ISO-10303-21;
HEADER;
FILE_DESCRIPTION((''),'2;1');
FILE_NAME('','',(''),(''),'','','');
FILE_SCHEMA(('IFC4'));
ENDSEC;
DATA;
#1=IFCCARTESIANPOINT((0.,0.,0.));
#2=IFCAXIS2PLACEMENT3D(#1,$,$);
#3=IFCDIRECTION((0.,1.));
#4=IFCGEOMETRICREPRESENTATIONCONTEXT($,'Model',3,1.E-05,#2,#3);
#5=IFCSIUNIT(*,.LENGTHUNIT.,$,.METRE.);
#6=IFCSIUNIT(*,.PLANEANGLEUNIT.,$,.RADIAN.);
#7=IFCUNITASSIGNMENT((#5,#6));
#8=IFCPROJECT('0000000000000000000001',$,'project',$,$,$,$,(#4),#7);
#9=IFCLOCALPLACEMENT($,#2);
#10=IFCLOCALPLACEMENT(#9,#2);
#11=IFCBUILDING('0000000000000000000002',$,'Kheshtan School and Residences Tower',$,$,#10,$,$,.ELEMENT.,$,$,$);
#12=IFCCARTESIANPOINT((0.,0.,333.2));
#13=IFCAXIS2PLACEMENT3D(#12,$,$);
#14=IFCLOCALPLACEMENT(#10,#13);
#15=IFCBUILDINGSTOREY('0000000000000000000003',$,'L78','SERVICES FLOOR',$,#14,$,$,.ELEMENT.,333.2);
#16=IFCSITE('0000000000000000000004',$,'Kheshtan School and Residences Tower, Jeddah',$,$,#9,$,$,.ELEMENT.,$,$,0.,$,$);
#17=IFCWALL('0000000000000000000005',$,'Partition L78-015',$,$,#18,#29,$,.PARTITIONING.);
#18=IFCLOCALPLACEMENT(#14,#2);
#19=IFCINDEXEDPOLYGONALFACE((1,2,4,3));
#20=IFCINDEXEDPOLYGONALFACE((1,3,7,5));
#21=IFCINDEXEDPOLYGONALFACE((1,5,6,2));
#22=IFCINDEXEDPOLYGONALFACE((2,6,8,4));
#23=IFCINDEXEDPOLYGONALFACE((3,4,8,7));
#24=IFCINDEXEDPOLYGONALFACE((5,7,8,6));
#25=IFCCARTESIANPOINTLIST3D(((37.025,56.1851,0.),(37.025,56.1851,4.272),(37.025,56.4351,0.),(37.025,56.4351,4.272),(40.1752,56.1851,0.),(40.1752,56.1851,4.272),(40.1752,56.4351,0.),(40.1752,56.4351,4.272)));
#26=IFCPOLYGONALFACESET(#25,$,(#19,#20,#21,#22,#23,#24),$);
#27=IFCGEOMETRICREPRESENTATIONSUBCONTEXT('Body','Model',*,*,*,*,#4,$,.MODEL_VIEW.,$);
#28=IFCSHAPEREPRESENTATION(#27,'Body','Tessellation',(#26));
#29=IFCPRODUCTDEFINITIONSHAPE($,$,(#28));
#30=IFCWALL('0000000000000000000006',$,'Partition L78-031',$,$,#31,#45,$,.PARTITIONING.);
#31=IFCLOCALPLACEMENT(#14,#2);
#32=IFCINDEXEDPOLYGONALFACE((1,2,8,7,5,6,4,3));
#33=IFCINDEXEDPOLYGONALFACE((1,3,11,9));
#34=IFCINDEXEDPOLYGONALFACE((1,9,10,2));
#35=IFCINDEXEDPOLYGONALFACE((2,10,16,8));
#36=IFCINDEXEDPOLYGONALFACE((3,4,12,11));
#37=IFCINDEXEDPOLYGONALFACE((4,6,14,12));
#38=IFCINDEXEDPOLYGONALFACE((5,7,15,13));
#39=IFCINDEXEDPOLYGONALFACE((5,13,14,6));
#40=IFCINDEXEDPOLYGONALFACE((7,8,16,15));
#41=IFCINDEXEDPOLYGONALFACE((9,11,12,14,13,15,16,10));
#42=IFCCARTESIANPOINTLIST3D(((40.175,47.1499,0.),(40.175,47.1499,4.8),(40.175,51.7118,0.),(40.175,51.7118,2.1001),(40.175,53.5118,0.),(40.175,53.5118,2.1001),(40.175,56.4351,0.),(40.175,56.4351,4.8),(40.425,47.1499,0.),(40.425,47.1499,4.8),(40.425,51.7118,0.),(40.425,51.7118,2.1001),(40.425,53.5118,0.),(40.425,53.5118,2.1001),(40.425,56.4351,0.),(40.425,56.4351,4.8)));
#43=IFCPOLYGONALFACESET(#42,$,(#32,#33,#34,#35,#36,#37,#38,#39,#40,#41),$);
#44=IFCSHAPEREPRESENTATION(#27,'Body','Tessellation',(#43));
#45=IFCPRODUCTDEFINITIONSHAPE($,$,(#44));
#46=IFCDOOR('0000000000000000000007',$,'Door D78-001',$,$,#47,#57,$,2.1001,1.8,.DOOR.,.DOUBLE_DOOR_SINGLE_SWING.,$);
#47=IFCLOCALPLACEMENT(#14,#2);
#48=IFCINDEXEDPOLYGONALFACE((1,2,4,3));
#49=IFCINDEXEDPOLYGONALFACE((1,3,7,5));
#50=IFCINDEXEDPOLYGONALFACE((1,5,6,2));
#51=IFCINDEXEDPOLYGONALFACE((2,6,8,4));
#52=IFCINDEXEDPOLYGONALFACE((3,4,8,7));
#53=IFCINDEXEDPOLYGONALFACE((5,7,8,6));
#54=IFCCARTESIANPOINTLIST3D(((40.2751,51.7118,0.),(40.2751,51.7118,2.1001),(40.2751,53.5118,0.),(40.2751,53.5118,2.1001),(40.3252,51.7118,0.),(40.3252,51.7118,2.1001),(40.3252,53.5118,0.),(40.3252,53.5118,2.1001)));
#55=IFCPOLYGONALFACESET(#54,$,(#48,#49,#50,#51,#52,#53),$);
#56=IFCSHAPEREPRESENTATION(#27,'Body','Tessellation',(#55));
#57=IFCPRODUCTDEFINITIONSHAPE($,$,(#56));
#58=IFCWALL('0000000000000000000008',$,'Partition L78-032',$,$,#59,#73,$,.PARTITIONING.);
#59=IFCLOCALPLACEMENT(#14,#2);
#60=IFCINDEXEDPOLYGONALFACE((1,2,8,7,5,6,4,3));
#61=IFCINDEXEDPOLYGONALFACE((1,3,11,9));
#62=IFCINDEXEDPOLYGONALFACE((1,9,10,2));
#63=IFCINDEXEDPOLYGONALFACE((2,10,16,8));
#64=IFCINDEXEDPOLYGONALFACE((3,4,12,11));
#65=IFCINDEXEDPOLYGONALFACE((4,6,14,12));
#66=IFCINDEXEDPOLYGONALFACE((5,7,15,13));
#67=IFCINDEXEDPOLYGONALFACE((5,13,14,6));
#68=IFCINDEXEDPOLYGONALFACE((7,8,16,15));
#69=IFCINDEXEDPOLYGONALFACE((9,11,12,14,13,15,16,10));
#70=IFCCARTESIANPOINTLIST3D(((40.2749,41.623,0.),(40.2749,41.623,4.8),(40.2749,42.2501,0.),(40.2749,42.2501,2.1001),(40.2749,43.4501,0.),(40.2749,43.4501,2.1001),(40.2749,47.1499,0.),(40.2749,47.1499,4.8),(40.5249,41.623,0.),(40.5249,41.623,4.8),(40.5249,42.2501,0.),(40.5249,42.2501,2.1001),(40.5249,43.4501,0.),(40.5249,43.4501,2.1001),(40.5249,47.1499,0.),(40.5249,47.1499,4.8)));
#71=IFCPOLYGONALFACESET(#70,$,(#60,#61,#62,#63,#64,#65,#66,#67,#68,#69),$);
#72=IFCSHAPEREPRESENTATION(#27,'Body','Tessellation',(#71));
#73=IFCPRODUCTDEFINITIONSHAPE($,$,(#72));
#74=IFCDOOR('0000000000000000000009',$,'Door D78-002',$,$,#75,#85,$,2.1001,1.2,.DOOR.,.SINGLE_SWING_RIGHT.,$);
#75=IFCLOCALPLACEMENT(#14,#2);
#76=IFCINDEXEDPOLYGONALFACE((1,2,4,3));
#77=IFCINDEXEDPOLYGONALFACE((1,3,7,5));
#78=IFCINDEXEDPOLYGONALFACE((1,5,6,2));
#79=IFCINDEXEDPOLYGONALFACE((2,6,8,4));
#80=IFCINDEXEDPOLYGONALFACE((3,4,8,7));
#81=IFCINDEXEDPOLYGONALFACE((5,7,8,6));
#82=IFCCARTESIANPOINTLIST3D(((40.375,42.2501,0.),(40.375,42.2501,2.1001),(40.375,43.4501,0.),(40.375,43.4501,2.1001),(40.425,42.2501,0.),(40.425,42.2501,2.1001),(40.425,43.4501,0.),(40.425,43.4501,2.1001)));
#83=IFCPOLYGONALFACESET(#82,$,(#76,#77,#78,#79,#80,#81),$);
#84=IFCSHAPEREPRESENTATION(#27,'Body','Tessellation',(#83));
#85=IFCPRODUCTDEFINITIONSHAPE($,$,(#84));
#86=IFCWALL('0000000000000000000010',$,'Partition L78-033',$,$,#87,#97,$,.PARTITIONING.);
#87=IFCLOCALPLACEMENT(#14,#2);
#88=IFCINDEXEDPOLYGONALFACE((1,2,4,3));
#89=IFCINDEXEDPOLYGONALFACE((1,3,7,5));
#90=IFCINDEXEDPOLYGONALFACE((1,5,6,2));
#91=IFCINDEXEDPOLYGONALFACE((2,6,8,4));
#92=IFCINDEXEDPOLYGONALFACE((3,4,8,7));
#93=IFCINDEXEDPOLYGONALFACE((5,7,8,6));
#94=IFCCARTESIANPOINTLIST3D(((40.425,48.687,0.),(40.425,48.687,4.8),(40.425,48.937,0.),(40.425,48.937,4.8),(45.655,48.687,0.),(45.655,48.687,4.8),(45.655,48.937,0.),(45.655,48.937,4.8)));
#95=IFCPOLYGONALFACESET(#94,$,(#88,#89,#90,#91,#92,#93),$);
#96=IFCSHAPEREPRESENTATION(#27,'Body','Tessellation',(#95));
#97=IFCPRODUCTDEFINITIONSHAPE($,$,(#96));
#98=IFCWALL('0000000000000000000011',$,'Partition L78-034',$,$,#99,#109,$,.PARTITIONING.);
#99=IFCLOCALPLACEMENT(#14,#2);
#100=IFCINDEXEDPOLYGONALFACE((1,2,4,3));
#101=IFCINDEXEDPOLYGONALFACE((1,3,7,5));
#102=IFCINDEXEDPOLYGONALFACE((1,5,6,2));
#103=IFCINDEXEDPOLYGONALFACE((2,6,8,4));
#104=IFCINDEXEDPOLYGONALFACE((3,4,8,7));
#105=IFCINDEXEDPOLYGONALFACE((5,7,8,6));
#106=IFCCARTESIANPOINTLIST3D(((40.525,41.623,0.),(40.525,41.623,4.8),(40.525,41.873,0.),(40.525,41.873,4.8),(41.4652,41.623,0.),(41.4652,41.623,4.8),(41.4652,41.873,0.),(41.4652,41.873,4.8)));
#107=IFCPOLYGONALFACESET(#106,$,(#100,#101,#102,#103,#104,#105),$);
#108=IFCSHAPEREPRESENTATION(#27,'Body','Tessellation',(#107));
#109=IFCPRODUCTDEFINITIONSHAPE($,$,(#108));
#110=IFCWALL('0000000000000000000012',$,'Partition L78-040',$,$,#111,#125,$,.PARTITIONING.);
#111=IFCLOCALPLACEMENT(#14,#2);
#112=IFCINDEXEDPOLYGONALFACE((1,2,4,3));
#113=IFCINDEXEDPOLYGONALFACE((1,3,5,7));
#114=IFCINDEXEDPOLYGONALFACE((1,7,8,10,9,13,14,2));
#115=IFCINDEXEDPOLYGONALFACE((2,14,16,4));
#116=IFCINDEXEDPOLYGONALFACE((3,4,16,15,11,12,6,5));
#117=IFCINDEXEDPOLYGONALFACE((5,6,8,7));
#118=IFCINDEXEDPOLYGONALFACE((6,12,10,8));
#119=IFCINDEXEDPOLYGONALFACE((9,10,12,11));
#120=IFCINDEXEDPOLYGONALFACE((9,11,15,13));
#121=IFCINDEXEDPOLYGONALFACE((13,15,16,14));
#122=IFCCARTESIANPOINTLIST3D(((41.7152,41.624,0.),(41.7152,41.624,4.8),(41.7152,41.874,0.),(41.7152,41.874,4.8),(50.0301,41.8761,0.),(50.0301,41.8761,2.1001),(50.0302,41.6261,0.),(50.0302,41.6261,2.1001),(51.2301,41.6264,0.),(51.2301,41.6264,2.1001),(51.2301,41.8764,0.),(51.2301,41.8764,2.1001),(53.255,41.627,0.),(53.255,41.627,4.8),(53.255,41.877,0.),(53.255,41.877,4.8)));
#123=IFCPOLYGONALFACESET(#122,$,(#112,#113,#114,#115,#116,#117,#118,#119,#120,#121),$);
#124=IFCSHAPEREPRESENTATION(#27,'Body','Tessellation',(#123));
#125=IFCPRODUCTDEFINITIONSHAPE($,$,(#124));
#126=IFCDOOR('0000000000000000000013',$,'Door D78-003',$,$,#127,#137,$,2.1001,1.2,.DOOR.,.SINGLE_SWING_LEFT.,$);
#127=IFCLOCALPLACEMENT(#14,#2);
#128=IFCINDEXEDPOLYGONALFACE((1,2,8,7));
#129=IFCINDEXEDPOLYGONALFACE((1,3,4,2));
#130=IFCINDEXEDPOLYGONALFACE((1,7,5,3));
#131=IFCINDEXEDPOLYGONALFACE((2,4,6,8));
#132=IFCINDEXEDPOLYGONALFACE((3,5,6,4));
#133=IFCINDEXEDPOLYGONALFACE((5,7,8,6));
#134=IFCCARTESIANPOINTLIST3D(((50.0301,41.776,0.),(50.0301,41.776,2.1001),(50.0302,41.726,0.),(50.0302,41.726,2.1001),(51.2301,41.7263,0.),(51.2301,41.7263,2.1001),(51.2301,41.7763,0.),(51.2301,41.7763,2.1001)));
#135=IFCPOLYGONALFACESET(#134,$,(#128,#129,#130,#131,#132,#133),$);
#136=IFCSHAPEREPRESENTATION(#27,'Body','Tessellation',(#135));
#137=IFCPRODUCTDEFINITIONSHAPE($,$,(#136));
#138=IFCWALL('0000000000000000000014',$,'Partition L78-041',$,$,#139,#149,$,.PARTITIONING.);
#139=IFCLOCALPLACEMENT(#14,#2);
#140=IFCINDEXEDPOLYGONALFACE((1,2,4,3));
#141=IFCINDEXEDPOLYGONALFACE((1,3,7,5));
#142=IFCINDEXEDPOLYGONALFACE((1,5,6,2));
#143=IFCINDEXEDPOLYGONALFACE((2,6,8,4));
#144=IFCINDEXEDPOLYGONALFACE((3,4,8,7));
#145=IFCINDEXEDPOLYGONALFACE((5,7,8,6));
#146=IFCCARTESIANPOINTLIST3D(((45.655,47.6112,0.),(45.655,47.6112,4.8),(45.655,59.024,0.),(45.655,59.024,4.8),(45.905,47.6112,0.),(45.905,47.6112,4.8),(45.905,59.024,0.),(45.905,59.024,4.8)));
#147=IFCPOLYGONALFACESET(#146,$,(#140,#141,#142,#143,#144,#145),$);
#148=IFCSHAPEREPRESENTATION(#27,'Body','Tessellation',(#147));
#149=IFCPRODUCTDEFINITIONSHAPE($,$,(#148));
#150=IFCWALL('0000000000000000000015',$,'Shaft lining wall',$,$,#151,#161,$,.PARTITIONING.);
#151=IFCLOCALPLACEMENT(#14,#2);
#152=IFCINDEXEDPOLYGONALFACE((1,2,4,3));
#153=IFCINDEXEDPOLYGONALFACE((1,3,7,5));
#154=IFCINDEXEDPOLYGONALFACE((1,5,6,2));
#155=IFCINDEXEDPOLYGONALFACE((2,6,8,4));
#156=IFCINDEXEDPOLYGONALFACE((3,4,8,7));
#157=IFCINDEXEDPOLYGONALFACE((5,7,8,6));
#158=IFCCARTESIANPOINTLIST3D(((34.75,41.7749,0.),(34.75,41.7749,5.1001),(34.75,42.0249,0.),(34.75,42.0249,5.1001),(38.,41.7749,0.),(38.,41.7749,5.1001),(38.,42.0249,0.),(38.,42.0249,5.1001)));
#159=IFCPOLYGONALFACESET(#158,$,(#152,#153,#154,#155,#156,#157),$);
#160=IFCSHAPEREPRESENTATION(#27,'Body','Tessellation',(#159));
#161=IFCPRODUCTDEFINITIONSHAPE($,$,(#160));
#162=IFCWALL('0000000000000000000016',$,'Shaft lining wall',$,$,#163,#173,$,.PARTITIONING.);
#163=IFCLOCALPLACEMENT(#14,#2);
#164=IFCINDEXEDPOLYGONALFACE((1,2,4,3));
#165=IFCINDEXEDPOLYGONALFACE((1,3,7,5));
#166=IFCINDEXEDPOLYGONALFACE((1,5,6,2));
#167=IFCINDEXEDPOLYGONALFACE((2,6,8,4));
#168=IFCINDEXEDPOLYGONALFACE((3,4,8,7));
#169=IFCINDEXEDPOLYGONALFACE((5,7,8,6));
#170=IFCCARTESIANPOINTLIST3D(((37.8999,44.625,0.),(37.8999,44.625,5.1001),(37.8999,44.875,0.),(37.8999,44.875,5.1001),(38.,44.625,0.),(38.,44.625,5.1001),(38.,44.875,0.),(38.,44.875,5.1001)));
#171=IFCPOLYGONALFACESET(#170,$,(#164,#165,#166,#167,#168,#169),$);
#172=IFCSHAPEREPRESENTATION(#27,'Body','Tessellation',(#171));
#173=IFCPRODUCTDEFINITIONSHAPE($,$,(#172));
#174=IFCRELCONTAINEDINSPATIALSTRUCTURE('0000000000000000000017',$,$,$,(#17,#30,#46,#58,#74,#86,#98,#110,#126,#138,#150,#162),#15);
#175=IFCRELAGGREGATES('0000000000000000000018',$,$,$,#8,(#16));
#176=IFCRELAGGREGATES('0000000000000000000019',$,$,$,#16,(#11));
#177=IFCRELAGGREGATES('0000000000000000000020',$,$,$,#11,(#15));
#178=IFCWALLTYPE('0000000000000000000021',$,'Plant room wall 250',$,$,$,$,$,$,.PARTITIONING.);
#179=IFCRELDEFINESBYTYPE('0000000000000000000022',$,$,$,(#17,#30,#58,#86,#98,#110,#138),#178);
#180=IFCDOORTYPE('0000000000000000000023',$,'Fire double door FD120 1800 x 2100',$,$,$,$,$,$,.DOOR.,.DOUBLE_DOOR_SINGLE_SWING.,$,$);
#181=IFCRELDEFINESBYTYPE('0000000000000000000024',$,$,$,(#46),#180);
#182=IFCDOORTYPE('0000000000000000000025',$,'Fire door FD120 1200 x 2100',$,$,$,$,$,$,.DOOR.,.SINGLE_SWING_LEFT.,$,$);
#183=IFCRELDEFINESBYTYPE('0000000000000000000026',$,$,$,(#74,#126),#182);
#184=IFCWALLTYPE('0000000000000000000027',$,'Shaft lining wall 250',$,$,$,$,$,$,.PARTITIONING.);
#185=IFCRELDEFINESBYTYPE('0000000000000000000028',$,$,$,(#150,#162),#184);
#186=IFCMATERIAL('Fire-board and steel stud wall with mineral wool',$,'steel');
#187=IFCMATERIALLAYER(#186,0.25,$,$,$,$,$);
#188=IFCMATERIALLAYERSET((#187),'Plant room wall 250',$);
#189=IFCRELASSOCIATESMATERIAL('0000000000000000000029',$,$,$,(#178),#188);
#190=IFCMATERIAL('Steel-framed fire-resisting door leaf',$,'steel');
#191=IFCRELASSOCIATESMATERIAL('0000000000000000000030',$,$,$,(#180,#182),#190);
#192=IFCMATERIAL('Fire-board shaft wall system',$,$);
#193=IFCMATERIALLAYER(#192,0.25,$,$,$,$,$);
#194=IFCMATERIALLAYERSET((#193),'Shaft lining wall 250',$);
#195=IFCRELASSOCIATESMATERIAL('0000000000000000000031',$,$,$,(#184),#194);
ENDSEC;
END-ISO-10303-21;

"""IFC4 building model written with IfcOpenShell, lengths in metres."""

from ifc_helpers import new_model, si_unit, direction, frame, frame_2d, origin, place, context, subcontext, project, spatial, rectangle, extrude, source, transform, mapped, material, layer, layer_set, type_object, element, fill, save


model = new_model("IFC4")

# Units and contexts
model_context = context("Model", 3, precision=1e-05, world=origin(), true_north=direction((0.0, 1.0)))
body_context = subcontext(model_context, "Body", "Model", "MODEL_VIEW")
ifc_project = project(units=[si_unit("LENGTHUNIT", "METRE"), si_unit("PLANEANGLEUNIT", "RADIAN")], contexts=[model_context])

# Site, building, storey
site_placement = place(None, origin())
site = spatial("IfcSite", under=ifc_project, at=site_placement, Name="Kheshtan School and Residences Tower, Jeddah", CompositionType="ELEMENT", RefElevation=0.0)
building_placement = place(site_placement, origin())
building = spatial("IfcBuilding", under=site, at=building_placement, Name="Kheshtan School and Residences Tower", CompositionType="ELEMENT")
storey_placement = place(building_placement, frame((0.0, 0.0, 333.2)))
storey = spatial("IfcBuildingStorey", under=building, at=storey_placement, Name="L78", Description="SERVICES FLOOR", CompositionType="ELEMENT", Elevation=333.2)

# Wall
ifc_material_1 = material(Name="Fire-board and steel stud wall with mineral wool", Category="steel")
ifc_layer_1 = layer(ifc_material_1, 0.25)
ifc_layer_set_1 = layer_set([ifc_layer_1], Name="Plant room wall 250")
wall_type_1 = type_object("IfcWallType", Name="Plant room wall 250", PredefinedType="PARTITIONING", material=ifc_layer_set_1)
wall_1_placement = place(storey_placement, frame((37.0249, 56.3101, 0.0), z_axis=(0.0, 0.0, 1.0), x_axis=(1.0, 0.0, 0.0)))
element("IfcWall", 1, at=wall_1_placement, inside=storey, type_object=wall_type_1, Name="Partition L78-015", PredefinedType="PARTITIONING", context=body_context, shape_type="SweptSolid", body=[
    extrude(rectangle(XDim=3.1501, YDim=0.25, at=frame_2d((1.5752, 0.0))), origin(), (0.0, 0.0, 1.0), 4.272),
])

# Walls, openings, doors
wall_2_placement = place(storey_placement, frame((40.3, 47.1499, 0.0), z_axis=(0.0, 0.0, 1.0), x_axis=(0.0, 1.0, 0.0)))
wall_2 = element("IfcWall", 2, at=wall_2_placement, inside=storey, type_object=wall_type_1, Name="Partition L78-031", PredefinedType="PARTITIONING", context=body_context, shape_type="SweptSolid", body=[
    extrude(rectangle(XDim=9.2852, YDim=0.25, at=frame_2d((4.6426, 0.0))), origin(), (0.0, 0.0, 1.0), 4.8),
])
opening_1_placement = place(wall_2_placement, frame((4.562, 0.0, 0.0)))
opening_1 = element("IfcOpeningElement", 3, at=opening_1_placement, cuts=wall_2, PredefinedType="OPENING", context=body_context, shape_type="SweptSolid", body=[
    extrude(rectangle(XDim=1.8, YDim=2.1001, at=frame_2d((0.8999, 1.05))), frame((0.0, 0.135, 0.0), z_axis=(0.0, -1.0, 0.0), x_axis=(1.0, 0.0, 0.0)), (0.0, 0.0, 1.0), 0.27),
])
ifc_material_2 = material(Name="Steel-framed fire-resisting door leaf", Category="steel")
door_type_1 = type_object("IfcDoorType", Name="Fire double door FD120 1800 x 2100", OperationType="DOUBLE_DOOR_SINGLE_SWING", PredefinedType="DOOR", material=ifc_material_2)
shared_shape_1 = source(origin(), body_context, "Body", "SweptSolid", [
    extrude(rectangle(XDim=1.8, YDim=2.1001, at=frame_2d((0.8999, 1.05))), frame((0.0, 0.0249, 0.0), z_axis=(0.0, -1.0, 0.0), x_axis=(1.0, 0.0, 0.0)), (0.0, 0.0, 1.0), 0.05),
])
door_1_placement = place(opening_1_placement, origin())
door_1 = element("IfcDoor", 4, at=door_1_placement, inside=storey, type_object=door_type_1, Name="Door D78-001", OperationType="DOUBLE_DOOR_SINGLE_SWING", OverallHeight=2.1001, OverallWidth=1.8, PredefinedType="DOOR", context=body_context, shape_type="MappedRepresentation", body=[
    mapped(shared_shape_1, transform((0.0, 0.0, 0.0), x_axis=(1.0, 0.0, 0.0), y_axis=(0.0, 1.0, 0.0), z_axis=(0.0, 0.0, 1.0), scale=1.0)),
])
fill(opening_1, door_1)
wall_3_placement = place(storey_placement, frame((40.3999, 41.623, 0.0), z_axis=(0.0, 0.0, 1.0), x_axis=(0.0, 1.0, 0.0)))
wall_3 = element("IfcWall", 5, at=wall_3_placement, inside=storey, type_object=wall_type_1, Name="Partition L78-032", PredefinedType="PARTITIONING", context=body_context, shape_type="SweptSolid", body=[
    extrude(rectangle(XDim=5.5269, YDim=0.25, at=frame_2d((2.7634, 0.0))), origin(), (0.0, 0.0, 1.0), 4.8),
])
opening_2_placement = place(wall_3_placement, frame((0.627, 0.0, 0.0)))
opening_2 = element("IfcOpeningElement", 6, at=opening_2_placement, cuts=wall_3, PredefinedType="OPENING", context=body_context, shape_type="SweptSolid", body=[
    extrude(rectangle(XDim=1.2, YDim=2.1001, at=frame_2d((0.6001, 1.05))), frame((0.0, 0.135, 0.0), z_axis=(0.0, -1.0, 0.0), x_axis=(1.0, 0.0, 0.0)), (0.0, 0.0, 1.0), 0.27),
])
door_type_2 = type_object("IfcDoorType", Name="Fire door FD120 1200 x 2100", OperationType="SINGLE_SWING_LEFT", PredefinedType="DOOR", material=ifc_material_2)
shared_shape_2 = source(origin(), body_context, "Body", "SweptSolid", [
    extrude(rectangle(XDim=1.2, YDim=2.1001, at=frame_2d((0.6001, 1.05))), frame((0.0, 0.0249, 0.0), z_axis=(0.0, -1.0, 0.0), x_axis=(1.0, 0.0, 0.0)), (0.0, 0.0, 1.0), 0.05),
])
door_2_placement = place(opening_2_placement, origin())
door_2 = element("IfcDoor", 7, at=door_2_placement, inside=storey, type_object=door_type_2, Name="Door D78-002", OperationType="SINGLE_SWING_RIGHT", OverallHeight=2.1001, OverallWidth=1.2, PredefinedType="DOOR", context=body_context, shape_type="MappedRepresentation", body=[
    mapped(shared_shape_2, transform((0.0, 0.0, 0.0), x_axis=(1.0, 0.0, 0.0), y_axis=(0.0, 1.0, 0.0), z_axis=(0.0, 0.0, 1.0), scale=1.0)),
])
fill(opening_2, door_2)

# Walls
wall_4_placement = place(storey_placement, frame((40.425, 48.812, 0.0), z_axis=(0.0, 0.0, 1.0), x_axis=(1.0, 0.0, 0.0)))
element("IfcWall", 8, at=wall_4_placement, inside=storey, type_object=wall_type_1, Name="Partition L78-033", PredefinedType="PARTITIONING", context=body_context, shape_type="SweptSolid", body=[
    extrude(rectangle(XDim=5.23, YDim=0.25, at=frame_2d((2.615, 0.0))), origin(), (0.0, 0.0, 1.0), 4.8),
])
wall_5_placement = place(storey_placement, frame((40.5249, 41.748, 0.0), z_axis=(0.0, 0.0, 1.0), x_axis=(1.0, 0.0, 0.0)))
element("IfcWall", 9, at=wall_5_placement, inside=storey, type_object=wall_type_1, Name="Partition L78-034", PredefinedType="PARTITIONING", context=body_context, shape_type="SweptSolid", body=[
    extrude(rectangle(XDim=0.9402, YDim=0.25, at=frame_2d((0.4702, 0.0))), origin(), (0.0, 0.0, 1.0), 4.8),
])

# Wall, opening, door
wall_6_placement = place(storey_placement, frame((41.7151, 41.749, 0.0), z_axis=(0.0, 0.0, 1.0), x_axis=(1.0, 0.000254, 0.0)))
wall_6 = element("IfcWall", 10, at=wall_6_placement, inside=storey, type_object=wall_type_1, Name="Partition L78-040", PredefinedType="PARTITIONING", context=body_context, shape_type="SweptSolid", body=[
    extrude(rectangle(XDim=11.5398, YDim=0.25, at=frame_2d((5.77, 0.0))), origin(), (0.0, 0.0, 1.0), 4.8),
])
opening_3_placement = place(wall_6_placement, frame((8.3149, 0.0, 0.0)))
opening_3 = element("IfcOpeningElement", 11, at=opening_3_placement, cuts=wall_6, PredefinedType="OPENING", context=body_context, shape_type="SweptSolid", body=[
    extrude(rectangle(XDim=1.2, YDim=2.1001, at=frame_2d((0.6001, 1.05))), frame((0.0, 0.135, 0.0), z_axis=(0.0, -1.0, 0.0), x_axis=(1.0, 0.0, 0.0)), (0.0, 0.0, 1.0), 0.27),
])
door_3_placement = place(opening_3_placement, origin())
door_3 = element("IfcDoor", 12, at=door_3_placement, inside=storey, type_object=door_type_2, Name="Door D78-003", OperationType="SINGLE_SWING_LEFT", OverallHeight=2.1001, OverallWidth=1.2, PredefinedType="DOOR", context=body_context, shape_type="MappedRepresentation", body=[
    mapped(shared_shape_2, transform((0.0, 0.0, 0.0), x_axis=(1.0, 0.0, 0.0), y_axis=(0.0, 1.0, 0.0), z_axis=(0.0, 0.0, 1.0), scale=1.0)),
])
fill(opening_3, door_3)

# Walls
wall_7_placement = place(storey_placement, frame((45.78, 47.6111, 0.0), z_axis=(0.0, 0.0, 1.0), x_axis=(0.0, 1.0, 0.0)))
element("IfcWall", 13, at=wall_7_placement, inside=storey, type_object=wall_type_1, Name="Partition L78-041", PredefinedType="PARTITIONING", context=body_context, shape_type="SweptSolid", body=[
    extrude(rectangle(XDim=11.4128, YDim=0.25, at=frame_2d((5.7065, 0.0))), origin(), (0.0, 0.0, 1.0), 4.8),
])
ifc_material_3 = material(Name="Fire-board shaft wall system")
ifc_layer_2 = layer(ifc_material_3, 0.25)
ifc_layer_set_2 = layer_set([ifc_layer_2], Name="Shaft lining wall 250")
wall_type_2 = type_object("IfcWallType", Name="Shaft lining wall 250", PredefinedType="PARTITIONING", material=ifc_layer_set_2)
wall_8_placement = place(storey_placement, frame((34.75, 41.8999, 0.0), z_axis=(0.0, 0.0, 1.0), x_axis=(1.0, 0.0, 0.0)))
element("IfcWall", 14, at=wall_8_placement, inside=storey, type_object=wall_type_2, Name="Shaft lining wall", PredefinedType="PARTITIONING", context=body_context, shape_type="SweptSolid", body=[
    extrude(rectangle(XDim=3.25, YDim=0.25, at=frame_2d((1.625, 0.0))), origin(), (0.0, 0.0, 1.0), 5.1001),
])
wall_9_placement = place(storey_placement, frame((37.8999, 44.75, 0.0), z_axis=(0.0, 0.0, 1.0), x_axis=(1.0, 0.0, 0.0)))
element("IfcWall", 15, at=wall_9_placement, inside=storey, type_object=wall_type_2, Name="Shaft lining wall", PredefinedType="PARTITIONING", context=body_context, shape_type="SweptSolid", body=[
    extrude(rectangle(XDim=0.1001, YDim=0.25, at=frame_2d((0.05, 0.0))), origin(), (0.0, 0.0, 1.0), 5.1001),
])

save(model, "model.ifc")
